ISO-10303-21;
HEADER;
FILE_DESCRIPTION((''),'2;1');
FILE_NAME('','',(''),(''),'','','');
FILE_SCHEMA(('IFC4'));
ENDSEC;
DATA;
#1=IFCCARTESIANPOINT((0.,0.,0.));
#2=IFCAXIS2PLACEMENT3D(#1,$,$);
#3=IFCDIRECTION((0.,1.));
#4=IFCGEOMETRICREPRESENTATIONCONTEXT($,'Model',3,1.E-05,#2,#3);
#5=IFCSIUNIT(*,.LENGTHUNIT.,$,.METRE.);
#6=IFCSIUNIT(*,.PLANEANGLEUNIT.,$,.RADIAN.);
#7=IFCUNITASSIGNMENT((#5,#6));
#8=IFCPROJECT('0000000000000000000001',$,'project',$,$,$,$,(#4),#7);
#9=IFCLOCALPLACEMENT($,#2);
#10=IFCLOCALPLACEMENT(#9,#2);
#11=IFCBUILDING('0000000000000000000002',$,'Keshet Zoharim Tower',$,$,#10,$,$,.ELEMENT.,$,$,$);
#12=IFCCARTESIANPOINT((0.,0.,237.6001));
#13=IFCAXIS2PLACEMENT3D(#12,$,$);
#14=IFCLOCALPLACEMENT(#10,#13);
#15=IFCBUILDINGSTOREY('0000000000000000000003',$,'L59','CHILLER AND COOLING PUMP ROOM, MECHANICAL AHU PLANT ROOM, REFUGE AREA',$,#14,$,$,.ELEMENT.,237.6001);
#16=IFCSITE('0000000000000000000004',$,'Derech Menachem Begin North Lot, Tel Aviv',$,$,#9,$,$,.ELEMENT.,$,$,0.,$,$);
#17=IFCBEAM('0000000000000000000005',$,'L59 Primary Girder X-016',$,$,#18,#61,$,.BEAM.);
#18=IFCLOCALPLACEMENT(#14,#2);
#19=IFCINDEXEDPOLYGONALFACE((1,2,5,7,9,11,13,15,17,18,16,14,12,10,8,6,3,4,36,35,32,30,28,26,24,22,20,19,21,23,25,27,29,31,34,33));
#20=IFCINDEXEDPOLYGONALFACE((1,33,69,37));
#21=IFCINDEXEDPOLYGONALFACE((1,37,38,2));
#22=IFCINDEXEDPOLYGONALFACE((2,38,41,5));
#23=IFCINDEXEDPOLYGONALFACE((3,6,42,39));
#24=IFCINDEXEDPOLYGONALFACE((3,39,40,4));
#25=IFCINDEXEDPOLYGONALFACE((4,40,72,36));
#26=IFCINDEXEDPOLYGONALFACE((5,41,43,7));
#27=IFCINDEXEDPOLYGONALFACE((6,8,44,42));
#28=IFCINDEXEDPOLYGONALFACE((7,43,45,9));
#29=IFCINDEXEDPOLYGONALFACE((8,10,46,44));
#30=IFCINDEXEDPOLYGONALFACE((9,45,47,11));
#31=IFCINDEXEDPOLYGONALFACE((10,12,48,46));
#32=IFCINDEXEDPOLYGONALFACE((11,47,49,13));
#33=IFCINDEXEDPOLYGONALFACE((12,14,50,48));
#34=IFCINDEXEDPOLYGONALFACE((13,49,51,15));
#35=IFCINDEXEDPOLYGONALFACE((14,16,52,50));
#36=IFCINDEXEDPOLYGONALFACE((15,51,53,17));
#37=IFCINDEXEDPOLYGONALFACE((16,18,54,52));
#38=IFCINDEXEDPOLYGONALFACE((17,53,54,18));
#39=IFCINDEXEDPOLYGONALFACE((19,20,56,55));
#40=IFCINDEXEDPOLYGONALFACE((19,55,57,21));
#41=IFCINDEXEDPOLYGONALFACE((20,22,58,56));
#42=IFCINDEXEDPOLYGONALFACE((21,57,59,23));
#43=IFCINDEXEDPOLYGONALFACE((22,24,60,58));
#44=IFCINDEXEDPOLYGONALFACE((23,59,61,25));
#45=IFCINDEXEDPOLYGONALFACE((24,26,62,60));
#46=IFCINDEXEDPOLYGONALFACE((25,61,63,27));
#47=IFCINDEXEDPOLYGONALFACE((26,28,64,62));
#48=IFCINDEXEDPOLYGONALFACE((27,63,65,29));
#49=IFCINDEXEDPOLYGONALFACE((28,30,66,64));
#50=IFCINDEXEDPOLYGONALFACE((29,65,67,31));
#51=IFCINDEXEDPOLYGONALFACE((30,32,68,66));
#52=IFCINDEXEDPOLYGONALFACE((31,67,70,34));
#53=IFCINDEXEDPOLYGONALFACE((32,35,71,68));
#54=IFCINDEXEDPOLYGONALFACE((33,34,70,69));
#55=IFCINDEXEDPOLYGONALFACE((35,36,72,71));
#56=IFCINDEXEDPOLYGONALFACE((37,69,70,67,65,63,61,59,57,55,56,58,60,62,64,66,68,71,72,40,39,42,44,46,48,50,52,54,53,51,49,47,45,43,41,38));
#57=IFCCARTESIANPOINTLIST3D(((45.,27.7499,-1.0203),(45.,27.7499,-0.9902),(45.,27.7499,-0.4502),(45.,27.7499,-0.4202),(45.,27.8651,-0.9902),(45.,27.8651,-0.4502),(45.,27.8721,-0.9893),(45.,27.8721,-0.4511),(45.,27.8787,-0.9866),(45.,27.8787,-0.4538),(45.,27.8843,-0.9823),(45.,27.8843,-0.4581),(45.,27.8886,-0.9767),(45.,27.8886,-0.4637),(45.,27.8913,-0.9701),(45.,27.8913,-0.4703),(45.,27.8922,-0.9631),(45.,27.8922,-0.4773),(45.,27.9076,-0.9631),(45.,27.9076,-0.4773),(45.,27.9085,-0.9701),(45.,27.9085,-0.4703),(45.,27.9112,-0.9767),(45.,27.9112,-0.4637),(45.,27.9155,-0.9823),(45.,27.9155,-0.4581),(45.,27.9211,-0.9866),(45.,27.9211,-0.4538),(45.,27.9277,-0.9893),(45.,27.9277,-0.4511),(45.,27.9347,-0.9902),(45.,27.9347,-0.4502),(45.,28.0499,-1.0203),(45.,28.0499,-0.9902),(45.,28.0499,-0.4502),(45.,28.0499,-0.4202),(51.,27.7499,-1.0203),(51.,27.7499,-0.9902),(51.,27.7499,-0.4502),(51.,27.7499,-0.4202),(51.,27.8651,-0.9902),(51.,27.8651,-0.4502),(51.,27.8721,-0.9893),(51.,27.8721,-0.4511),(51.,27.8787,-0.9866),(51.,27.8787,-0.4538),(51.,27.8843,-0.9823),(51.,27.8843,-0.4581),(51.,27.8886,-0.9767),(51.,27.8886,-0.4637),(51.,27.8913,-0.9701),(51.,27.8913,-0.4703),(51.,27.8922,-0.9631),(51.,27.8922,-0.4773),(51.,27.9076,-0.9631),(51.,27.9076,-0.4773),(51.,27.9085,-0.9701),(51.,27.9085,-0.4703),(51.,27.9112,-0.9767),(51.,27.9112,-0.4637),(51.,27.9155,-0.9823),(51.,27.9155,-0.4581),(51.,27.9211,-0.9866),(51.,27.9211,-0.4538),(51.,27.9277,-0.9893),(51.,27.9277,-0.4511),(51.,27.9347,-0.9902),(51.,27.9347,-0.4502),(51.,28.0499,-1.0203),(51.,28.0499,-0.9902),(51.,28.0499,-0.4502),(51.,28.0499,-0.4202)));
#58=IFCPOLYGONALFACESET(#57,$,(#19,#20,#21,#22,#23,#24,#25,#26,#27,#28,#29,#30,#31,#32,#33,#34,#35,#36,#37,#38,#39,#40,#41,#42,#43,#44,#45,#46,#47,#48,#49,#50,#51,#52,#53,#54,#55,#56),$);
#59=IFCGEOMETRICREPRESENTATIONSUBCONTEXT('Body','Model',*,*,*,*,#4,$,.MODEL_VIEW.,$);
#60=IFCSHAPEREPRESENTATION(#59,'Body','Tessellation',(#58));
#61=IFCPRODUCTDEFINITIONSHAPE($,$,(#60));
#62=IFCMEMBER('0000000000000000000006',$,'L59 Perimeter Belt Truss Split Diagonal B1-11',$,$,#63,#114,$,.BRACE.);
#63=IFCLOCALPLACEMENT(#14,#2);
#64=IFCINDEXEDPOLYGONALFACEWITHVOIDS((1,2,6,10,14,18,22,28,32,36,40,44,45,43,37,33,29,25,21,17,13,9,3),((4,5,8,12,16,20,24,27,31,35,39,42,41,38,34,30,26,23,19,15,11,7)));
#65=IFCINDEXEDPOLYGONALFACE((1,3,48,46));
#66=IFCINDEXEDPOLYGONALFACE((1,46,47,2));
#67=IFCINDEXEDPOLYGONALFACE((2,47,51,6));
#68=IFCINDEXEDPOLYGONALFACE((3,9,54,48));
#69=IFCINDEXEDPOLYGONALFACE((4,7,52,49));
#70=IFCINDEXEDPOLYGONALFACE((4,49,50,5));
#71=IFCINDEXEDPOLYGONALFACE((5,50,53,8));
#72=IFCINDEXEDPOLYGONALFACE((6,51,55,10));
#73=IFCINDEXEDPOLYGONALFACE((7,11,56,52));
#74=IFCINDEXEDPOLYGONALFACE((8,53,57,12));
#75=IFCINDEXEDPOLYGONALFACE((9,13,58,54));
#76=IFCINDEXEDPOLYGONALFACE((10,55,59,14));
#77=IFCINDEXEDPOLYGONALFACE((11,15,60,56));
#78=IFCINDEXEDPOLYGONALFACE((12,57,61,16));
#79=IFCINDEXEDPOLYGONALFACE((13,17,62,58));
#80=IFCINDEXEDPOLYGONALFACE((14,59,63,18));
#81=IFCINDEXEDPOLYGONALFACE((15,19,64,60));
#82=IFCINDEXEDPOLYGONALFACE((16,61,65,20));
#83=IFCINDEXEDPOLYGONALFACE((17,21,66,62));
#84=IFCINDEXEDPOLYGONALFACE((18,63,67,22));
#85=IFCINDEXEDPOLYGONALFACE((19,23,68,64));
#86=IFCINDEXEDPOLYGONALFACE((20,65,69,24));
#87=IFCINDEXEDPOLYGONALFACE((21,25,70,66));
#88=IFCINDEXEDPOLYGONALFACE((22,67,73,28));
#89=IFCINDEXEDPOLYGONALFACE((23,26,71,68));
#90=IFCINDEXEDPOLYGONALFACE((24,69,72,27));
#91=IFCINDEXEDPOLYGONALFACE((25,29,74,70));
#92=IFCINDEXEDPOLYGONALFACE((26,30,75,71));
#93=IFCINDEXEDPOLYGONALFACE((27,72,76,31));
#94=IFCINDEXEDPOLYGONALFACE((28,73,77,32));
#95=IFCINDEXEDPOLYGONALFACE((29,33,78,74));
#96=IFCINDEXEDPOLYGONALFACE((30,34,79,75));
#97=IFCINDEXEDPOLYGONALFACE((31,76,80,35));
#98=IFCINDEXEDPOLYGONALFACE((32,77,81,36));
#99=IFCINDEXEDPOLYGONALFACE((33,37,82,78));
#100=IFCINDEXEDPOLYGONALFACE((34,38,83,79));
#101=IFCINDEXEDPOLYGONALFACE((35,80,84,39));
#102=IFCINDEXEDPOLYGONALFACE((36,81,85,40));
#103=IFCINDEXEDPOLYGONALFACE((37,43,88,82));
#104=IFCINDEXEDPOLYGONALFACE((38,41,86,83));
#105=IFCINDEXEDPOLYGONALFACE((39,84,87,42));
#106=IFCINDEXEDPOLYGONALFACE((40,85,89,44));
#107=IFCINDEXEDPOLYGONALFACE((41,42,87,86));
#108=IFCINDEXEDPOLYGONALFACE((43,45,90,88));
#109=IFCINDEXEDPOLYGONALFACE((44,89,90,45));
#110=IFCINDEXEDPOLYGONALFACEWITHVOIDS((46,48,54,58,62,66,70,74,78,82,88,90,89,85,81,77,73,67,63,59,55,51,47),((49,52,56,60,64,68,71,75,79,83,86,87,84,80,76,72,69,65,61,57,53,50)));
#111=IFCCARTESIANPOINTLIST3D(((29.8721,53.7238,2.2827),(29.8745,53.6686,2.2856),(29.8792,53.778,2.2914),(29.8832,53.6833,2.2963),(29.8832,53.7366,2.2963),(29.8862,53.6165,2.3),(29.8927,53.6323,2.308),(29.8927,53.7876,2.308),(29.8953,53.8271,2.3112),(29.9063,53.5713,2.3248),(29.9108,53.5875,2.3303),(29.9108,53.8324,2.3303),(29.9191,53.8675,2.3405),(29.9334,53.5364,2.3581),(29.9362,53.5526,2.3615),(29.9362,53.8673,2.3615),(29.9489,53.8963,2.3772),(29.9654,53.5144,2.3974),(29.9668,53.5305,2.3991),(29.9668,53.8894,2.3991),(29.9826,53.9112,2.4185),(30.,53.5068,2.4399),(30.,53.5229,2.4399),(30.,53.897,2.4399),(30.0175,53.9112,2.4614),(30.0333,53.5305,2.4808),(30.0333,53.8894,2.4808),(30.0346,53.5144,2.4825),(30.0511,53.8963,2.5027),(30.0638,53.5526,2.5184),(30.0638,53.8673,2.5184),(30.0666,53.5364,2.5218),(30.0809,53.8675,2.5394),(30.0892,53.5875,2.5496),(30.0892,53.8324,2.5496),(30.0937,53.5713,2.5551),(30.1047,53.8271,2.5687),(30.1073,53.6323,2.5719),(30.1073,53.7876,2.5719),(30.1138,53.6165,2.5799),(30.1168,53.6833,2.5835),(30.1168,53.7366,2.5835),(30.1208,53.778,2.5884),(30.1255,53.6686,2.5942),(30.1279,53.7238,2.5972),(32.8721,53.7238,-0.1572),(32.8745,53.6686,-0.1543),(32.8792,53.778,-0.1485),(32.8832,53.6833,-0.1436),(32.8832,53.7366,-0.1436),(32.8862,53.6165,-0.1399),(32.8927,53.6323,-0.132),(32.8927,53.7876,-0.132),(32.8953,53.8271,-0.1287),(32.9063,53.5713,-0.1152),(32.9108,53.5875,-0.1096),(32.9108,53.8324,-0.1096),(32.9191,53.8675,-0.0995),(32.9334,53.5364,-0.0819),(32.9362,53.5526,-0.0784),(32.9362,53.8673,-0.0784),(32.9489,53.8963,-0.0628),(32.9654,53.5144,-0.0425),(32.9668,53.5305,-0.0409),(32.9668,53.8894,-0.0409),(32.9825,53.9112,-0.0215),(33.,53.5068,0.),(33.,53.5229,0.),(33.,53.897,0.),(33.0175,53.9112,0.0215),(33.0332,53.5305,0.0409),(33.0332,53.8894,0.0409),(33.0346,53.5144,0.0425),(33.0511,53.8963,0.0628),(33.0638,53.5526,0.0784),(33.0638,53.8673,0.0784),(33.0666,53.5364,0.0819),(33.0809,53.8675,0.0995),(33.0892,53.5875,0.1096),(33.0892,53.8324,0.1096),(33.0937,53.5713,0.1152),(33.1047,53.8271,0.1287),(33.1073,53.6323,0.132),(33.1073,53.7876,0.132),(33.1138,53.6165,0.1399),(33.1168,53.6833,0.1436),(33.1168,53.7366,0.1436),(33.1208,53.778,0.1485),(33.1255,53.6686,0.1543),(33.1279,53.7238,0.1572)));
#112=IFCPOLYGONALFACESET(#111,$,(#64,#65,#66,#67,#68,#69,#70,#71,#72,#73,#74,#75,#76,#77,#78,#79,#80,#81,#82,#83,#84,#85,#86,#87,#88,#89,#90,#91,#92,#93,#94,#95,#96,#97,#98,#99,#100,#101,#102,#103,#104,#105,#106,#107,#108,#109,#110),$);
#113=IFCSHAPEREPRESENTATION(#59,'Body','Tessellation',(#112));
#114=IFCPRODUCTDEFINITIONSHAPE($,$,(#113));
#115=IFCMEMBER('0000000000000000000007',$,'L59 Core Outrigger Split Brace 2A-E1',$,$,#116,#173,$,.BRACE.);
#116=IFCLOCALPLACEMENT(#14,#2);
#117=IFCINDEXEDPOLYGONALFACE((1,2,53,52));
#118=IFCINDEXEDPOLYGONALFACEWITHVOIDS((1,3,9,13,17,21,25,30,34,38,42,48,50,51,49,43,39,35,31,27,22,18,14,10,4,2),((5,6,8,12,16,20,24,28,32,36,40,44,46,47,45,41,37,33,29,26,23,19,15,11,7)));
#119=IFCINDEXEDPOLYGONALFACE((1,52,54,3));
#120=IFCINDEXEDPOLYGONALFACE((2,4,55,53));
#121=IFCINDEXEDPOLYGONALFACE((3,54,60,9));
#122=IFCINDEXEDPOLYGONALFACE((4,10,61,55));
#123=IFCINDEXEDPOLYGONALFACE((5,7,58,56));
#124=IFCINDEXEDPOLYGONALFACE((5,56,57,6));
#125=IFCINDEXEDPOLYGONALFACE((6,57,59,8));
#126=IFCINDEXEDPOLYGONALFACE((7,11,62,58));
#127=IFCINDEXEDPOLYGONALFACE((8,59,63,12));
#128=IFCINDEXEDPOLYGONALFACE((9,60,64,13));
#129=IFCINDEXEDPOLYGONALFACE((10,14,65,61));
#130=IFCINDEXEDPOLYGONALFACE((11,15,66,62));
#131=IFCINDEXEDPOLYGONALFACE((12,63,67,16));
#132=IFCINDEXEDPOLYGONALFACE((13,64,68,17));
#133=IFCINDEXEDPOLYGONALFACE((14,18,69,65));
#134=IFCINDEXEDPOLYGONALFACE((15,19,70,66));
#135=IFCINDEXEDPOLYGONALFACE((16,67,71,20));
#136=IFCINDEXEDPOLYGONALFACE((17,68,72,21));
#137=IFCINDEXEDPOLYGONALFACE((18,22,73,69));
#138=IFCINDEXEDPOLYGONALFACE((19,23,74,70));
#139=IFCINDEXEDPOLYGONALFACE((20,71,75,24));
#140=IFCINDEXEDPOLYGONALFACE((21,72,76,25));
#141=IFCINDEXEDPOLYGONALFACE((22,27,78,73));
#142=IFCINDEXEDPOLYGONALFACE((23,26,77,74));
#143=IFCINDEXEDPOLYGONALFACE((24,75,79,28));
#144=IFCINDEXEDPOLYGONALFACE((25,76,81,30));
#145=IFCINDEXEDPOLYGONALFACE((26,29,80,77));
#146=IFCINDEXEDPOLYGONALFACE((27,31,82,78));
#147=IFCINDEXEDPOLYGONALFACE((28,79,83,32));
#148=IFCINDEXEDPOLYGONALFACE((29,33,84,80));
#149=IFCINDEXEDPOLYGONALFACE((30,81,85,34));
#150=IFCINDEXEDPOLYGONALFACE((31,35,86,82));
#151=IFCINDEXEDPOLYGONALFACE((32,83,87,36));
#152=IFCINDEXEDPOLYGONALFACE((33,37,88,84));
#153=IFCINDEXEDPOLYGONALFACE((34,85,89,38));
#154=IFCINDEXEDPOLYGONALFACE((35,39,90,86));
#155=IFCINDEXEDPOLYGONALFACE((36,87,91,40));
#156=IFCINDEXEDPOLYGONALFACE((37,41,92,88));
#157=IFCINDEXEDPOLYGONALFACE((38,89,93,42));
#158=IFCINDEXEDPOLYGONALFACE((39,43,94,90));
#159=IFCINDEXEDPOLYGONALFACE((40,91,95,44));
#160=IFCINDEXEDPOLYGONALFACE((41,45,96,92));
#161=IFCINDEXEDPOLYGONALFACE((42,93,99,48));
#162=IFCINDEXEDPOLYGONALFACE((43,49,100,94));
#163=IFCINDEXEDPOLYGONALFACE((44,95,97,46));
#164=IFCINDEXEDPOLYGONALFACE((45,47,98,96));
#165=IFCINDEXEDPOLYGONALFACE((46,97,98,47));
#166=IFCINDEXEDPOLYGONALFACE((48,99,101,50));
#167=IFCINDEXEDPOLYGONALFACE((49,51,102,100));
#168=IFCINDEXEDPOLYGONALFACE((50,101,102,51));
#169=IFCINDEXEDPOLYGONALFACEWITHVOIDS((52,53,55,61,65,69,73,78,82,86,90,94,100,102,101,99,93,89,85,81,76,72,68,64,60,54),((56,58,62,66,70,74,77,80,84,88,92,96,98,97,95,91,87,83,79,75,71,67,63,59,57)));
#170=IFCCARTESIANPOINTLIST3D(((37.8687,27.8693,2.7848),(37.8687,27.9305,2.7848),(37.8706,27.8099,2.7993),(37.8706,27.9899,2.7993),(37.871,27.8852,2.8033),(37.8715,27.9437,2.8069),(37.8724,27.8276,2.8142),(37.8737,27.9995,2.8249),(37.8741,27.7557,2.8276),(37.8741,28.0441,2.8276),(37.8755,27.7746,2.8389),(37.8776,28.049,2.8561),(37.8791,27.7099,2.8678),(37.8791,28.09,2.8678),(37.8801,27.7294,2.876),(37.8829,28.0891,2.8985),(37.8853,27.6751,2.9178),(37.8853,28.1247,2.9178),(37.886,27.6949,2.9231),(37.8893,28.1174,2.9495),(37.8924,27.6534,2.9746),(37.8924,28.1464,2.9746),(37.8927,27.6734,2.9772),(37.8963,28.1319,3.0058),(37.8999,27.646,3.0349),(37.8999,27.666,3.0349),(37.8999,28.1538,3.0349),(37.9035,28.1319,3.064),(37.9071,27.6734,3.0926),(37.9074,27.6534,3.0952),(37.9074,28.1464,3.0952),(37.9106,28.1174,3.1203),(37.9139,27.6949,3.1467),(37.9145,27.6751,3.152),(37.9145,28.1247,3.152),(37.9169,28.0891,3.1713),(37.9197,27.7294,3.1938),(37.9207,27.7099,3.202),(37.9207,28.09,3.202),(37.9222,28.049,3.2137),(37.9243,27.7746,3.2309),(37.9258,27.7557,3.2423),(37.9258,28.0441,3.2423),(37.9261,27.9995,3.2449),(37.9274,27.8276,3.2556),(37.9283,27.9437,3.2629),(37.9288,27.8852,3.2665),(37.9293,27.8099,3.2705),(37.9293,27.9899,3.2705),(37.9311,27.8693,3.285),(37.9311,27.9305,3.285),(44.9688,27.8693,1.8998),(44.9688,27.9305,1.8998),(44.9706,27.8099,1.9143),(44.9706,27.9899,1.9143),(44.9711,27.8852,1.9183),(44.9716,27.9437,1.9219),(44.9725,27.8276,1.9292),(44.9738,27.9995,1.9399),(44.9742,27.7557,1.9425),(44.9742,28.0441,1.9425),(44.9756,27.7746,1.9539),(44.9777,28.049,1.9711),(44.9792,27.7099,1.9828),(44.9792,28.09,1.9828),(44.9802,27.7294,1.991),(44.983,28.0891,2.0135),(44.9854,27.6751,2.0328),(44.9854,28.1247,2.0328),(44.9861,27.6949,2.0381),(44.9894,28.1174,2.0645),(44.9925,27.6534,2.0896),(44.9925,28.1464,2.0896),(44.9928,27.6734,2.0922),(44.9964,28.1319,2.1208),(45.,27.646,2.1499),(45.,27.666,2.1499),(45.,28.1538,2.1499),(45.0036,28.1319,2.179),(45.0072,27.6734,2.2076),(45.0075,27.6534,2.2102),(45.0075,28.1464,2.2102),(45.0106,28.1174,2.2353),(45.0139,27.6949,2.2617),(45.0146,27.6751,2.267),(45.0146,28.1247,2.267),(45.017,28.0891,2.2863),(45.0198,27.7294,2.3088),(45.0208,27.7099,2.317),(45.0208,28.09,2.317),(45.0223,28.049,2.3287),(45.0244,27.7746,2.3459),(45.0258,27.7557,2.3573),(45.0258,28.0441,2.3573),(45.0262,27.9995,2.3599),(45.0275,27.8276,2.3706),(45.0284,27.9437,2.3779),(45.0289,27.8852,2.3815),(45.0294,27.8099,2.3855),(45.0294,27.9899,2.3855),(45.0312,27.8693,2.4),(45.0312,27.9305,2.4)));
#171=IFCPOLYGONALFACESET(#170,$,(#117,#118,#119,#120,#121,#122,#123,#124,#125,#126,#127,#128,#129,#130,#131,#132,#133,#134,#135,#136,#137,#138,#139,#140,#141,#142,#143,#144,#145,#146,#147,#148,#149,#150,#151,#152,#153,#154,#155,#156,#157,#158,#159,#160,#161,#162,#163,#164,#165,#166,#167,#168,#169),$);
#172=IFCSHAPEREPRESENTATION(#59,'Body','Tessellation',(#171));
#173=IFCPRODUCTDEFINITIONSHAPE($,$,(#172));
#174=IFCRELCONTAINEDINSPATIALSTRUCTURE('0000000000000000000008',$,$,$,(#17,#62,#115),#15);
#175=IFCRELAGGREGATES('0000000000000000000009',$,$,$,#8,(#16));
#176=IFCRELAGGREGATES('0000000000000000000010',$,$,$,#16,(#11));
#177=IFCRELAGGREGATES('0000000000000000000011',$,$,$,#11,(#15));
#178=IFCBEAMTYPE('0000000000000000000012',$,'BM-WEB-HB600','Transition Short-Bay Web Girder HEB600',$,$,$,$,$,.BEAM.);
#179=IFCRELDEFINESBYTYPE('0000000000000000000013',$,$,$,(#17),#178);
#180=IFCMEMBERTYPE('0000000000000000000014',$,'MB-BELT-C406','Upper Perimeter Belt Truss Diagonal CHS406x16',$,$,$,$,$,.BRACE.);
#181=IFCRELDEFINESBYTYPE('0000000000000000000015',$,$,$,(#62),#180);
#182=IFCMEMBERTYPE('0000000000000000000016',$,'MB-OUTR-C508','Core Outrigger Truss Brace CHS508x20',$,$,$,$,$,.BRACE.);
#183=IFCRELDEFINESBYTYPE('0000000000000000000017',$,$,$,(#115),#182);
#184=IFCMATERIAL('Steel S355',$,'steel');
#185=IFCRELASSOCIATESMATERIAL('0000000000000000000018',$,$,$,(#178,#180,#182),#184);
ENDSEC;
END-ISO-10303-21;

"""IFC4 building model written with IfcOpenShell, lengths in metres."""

from ifc_helpers import new_model, si_unit, direction, frame, origin, origin_2d, place, context, subcontext, project, spatial, hollow_circle, i_section, extrude, material, material_profile, profile_set, type_object, element, save


model = new_model("IFC4")

# Units and contexts
model_context = context("Model", 3, precision=1e-05, world=origin(), true_north=direction((0.0, 1.0)))
body_context = subcontext(model_context, "Body", "Model", "MODEL_VIEW")
ifc_project = project(units=[si_unit("LENGTHUNIT", "METRE"), si_unit("PLANEANGLEUNIT", "RADIAN")], contexts=[model_context])

# Site, building, storey
site_placement = place(None, origin())
site = spatial("IfcSite", under=ifc_project, at=site_placement, Name="Derech Menachem Begin North Lot, Tel Aviv", CompositionType="ELEMENT", RefElevation=0.0)
building_placement = place(site_placement, origin())
building = spatial("IfcBuilding", under=site, at=building_placement, Name="Keshet Zoharim Tower", CompositionType="ELEMENT")
storey_placement = place(building_placement, frame((0.0, 0.0, 237.6001)))
storey = spatial("IfcBuildingStorey", under=building, at=storey_placement, Name="L59", Description="CHILLER AND COOLING PUMP ROOM, MECHANICAL AHU PLANT ROOM, REFUGE AREA", CompositionType="ELEMENT", Elevation=237.6001)

# Shared definitions
ifc_material_1 = material(Name="Steel S355", Category="steel")

# Beam
ifc_material_profile_1 = material_profile(ifc_material_1, i_section(OverallWidth=0.3, OverallDepth=0.6001, WebThickness=0.0154, FlangeThickness=0.03, FilletRadius=0.0271, at=origin_2d()), Name="HEB600")
ifc_profile_set_1 = profile_set([ifc_material_profile_1], Name="Steel S355")
beam_type_1 = type_object("IfcBeamType", Name="BM-WEB-HB600", Description="Transition Short-Bay Web Girder HEB600", PredefinedType="BEAM", material=ifc_profile_set_1)
beam_1_placement = place(storey_placement, frame((45.0, 27.8999, -0.7202), z_axis=(1.0, 0.0, 0.0), x_axis=(0.0, 1.0, 0.0)))
element("IfcBeam", 1, at=beam_1_placement, inside=storey, type_object=beam_type_1, Name="L59 Primary Girder X-016", PredefinedType="BEAM", context=body_context, shape_type="SweptSolid", body=[
    extrude(i_section(OverallWidth=0.3, OverallDepth=0.6001, WebThickness=0.0154, FlangeThickness=0.03, FilletRadius=0.0271, at=origin_2d()), origin(), (0.0, 0.0, 1.0), 6.0),
])

# Members
ifc_material_profile_2 = material_profile(ifc_material_1, hollow_circle(Radius=0.2031, WallThickness=0.0161, at=origin_2d()), Name="CHS406x16")
ifc_profile_set_2 = profile_set([ifc_material_profile_2], Name="Steel S355")
member_type_1 = type_object("IfcMemberType", Name="MB-BELT-C406", Description="Upper Perimeter Belt Truss Diagonal CHS406x16", PredefinedType="BRACE", material=ifc_profile_set_2)
member_1_placement = place(storey_placement, frame((33.0, 53.71, 0.0), z_axis=(-0.775805, 0.0, 0.630973), x_axis=(0.0, -1.0, 0.0)))
element("IfcMember", 2, at=member_1_placement, inside=storey, type_object=member_type_1, Name="L59 Perimeter Belt Truss Split Diagonal B1-11", PredefinedType="BRACE", context=body_context, shape_type="SweptSolid", body=[
    extrude(hollow_circle(Radius=0.2031, WallThickness=0.0161, at=origin_2d()), origin(), (0.0, 0.0, 1.0), 3.8669),
])
ifc_material_profile_3 = material_profile(ifc_material_1, hollow_circle(Radius=0.2539, WallThickness=0.02, at=origin_2d()), Name="CHS508x20")
ifc_profile_set_3 = profile_set([ifc_material_profile_3], Name="Steel S355")
member_type_2 = type_object("IfcMemberType", Name="MB-OUTR-C508", Description="Core Outrigger Truss Brace CHS508x20", PredefinedType="BRACE", material=ifc_profile_set_3)
member_2_placement = place(storey_placement, frame((45.0, 27.8999, 2.1499), z_axis=(-0.992321, 0.0, 0.12369), x_axis=(0.0, -1.0, 0.0)))
element("IfcMember", 3, at=member_2_placement, inside=storey, type_object=member_type_2, Name="L59 Core Outrigger Split Brace 2A-E1", PredefinedType="BRACE", context=body_context, shape_type="SweptSolid", body=[
    extrude(hollow_circle(Radius=0.2539, WallThickness=0.02, at=origin_2d()), origin(), (0.0, 0.0, 1.0), 7.155),
])

save(model, "model.ifc")
